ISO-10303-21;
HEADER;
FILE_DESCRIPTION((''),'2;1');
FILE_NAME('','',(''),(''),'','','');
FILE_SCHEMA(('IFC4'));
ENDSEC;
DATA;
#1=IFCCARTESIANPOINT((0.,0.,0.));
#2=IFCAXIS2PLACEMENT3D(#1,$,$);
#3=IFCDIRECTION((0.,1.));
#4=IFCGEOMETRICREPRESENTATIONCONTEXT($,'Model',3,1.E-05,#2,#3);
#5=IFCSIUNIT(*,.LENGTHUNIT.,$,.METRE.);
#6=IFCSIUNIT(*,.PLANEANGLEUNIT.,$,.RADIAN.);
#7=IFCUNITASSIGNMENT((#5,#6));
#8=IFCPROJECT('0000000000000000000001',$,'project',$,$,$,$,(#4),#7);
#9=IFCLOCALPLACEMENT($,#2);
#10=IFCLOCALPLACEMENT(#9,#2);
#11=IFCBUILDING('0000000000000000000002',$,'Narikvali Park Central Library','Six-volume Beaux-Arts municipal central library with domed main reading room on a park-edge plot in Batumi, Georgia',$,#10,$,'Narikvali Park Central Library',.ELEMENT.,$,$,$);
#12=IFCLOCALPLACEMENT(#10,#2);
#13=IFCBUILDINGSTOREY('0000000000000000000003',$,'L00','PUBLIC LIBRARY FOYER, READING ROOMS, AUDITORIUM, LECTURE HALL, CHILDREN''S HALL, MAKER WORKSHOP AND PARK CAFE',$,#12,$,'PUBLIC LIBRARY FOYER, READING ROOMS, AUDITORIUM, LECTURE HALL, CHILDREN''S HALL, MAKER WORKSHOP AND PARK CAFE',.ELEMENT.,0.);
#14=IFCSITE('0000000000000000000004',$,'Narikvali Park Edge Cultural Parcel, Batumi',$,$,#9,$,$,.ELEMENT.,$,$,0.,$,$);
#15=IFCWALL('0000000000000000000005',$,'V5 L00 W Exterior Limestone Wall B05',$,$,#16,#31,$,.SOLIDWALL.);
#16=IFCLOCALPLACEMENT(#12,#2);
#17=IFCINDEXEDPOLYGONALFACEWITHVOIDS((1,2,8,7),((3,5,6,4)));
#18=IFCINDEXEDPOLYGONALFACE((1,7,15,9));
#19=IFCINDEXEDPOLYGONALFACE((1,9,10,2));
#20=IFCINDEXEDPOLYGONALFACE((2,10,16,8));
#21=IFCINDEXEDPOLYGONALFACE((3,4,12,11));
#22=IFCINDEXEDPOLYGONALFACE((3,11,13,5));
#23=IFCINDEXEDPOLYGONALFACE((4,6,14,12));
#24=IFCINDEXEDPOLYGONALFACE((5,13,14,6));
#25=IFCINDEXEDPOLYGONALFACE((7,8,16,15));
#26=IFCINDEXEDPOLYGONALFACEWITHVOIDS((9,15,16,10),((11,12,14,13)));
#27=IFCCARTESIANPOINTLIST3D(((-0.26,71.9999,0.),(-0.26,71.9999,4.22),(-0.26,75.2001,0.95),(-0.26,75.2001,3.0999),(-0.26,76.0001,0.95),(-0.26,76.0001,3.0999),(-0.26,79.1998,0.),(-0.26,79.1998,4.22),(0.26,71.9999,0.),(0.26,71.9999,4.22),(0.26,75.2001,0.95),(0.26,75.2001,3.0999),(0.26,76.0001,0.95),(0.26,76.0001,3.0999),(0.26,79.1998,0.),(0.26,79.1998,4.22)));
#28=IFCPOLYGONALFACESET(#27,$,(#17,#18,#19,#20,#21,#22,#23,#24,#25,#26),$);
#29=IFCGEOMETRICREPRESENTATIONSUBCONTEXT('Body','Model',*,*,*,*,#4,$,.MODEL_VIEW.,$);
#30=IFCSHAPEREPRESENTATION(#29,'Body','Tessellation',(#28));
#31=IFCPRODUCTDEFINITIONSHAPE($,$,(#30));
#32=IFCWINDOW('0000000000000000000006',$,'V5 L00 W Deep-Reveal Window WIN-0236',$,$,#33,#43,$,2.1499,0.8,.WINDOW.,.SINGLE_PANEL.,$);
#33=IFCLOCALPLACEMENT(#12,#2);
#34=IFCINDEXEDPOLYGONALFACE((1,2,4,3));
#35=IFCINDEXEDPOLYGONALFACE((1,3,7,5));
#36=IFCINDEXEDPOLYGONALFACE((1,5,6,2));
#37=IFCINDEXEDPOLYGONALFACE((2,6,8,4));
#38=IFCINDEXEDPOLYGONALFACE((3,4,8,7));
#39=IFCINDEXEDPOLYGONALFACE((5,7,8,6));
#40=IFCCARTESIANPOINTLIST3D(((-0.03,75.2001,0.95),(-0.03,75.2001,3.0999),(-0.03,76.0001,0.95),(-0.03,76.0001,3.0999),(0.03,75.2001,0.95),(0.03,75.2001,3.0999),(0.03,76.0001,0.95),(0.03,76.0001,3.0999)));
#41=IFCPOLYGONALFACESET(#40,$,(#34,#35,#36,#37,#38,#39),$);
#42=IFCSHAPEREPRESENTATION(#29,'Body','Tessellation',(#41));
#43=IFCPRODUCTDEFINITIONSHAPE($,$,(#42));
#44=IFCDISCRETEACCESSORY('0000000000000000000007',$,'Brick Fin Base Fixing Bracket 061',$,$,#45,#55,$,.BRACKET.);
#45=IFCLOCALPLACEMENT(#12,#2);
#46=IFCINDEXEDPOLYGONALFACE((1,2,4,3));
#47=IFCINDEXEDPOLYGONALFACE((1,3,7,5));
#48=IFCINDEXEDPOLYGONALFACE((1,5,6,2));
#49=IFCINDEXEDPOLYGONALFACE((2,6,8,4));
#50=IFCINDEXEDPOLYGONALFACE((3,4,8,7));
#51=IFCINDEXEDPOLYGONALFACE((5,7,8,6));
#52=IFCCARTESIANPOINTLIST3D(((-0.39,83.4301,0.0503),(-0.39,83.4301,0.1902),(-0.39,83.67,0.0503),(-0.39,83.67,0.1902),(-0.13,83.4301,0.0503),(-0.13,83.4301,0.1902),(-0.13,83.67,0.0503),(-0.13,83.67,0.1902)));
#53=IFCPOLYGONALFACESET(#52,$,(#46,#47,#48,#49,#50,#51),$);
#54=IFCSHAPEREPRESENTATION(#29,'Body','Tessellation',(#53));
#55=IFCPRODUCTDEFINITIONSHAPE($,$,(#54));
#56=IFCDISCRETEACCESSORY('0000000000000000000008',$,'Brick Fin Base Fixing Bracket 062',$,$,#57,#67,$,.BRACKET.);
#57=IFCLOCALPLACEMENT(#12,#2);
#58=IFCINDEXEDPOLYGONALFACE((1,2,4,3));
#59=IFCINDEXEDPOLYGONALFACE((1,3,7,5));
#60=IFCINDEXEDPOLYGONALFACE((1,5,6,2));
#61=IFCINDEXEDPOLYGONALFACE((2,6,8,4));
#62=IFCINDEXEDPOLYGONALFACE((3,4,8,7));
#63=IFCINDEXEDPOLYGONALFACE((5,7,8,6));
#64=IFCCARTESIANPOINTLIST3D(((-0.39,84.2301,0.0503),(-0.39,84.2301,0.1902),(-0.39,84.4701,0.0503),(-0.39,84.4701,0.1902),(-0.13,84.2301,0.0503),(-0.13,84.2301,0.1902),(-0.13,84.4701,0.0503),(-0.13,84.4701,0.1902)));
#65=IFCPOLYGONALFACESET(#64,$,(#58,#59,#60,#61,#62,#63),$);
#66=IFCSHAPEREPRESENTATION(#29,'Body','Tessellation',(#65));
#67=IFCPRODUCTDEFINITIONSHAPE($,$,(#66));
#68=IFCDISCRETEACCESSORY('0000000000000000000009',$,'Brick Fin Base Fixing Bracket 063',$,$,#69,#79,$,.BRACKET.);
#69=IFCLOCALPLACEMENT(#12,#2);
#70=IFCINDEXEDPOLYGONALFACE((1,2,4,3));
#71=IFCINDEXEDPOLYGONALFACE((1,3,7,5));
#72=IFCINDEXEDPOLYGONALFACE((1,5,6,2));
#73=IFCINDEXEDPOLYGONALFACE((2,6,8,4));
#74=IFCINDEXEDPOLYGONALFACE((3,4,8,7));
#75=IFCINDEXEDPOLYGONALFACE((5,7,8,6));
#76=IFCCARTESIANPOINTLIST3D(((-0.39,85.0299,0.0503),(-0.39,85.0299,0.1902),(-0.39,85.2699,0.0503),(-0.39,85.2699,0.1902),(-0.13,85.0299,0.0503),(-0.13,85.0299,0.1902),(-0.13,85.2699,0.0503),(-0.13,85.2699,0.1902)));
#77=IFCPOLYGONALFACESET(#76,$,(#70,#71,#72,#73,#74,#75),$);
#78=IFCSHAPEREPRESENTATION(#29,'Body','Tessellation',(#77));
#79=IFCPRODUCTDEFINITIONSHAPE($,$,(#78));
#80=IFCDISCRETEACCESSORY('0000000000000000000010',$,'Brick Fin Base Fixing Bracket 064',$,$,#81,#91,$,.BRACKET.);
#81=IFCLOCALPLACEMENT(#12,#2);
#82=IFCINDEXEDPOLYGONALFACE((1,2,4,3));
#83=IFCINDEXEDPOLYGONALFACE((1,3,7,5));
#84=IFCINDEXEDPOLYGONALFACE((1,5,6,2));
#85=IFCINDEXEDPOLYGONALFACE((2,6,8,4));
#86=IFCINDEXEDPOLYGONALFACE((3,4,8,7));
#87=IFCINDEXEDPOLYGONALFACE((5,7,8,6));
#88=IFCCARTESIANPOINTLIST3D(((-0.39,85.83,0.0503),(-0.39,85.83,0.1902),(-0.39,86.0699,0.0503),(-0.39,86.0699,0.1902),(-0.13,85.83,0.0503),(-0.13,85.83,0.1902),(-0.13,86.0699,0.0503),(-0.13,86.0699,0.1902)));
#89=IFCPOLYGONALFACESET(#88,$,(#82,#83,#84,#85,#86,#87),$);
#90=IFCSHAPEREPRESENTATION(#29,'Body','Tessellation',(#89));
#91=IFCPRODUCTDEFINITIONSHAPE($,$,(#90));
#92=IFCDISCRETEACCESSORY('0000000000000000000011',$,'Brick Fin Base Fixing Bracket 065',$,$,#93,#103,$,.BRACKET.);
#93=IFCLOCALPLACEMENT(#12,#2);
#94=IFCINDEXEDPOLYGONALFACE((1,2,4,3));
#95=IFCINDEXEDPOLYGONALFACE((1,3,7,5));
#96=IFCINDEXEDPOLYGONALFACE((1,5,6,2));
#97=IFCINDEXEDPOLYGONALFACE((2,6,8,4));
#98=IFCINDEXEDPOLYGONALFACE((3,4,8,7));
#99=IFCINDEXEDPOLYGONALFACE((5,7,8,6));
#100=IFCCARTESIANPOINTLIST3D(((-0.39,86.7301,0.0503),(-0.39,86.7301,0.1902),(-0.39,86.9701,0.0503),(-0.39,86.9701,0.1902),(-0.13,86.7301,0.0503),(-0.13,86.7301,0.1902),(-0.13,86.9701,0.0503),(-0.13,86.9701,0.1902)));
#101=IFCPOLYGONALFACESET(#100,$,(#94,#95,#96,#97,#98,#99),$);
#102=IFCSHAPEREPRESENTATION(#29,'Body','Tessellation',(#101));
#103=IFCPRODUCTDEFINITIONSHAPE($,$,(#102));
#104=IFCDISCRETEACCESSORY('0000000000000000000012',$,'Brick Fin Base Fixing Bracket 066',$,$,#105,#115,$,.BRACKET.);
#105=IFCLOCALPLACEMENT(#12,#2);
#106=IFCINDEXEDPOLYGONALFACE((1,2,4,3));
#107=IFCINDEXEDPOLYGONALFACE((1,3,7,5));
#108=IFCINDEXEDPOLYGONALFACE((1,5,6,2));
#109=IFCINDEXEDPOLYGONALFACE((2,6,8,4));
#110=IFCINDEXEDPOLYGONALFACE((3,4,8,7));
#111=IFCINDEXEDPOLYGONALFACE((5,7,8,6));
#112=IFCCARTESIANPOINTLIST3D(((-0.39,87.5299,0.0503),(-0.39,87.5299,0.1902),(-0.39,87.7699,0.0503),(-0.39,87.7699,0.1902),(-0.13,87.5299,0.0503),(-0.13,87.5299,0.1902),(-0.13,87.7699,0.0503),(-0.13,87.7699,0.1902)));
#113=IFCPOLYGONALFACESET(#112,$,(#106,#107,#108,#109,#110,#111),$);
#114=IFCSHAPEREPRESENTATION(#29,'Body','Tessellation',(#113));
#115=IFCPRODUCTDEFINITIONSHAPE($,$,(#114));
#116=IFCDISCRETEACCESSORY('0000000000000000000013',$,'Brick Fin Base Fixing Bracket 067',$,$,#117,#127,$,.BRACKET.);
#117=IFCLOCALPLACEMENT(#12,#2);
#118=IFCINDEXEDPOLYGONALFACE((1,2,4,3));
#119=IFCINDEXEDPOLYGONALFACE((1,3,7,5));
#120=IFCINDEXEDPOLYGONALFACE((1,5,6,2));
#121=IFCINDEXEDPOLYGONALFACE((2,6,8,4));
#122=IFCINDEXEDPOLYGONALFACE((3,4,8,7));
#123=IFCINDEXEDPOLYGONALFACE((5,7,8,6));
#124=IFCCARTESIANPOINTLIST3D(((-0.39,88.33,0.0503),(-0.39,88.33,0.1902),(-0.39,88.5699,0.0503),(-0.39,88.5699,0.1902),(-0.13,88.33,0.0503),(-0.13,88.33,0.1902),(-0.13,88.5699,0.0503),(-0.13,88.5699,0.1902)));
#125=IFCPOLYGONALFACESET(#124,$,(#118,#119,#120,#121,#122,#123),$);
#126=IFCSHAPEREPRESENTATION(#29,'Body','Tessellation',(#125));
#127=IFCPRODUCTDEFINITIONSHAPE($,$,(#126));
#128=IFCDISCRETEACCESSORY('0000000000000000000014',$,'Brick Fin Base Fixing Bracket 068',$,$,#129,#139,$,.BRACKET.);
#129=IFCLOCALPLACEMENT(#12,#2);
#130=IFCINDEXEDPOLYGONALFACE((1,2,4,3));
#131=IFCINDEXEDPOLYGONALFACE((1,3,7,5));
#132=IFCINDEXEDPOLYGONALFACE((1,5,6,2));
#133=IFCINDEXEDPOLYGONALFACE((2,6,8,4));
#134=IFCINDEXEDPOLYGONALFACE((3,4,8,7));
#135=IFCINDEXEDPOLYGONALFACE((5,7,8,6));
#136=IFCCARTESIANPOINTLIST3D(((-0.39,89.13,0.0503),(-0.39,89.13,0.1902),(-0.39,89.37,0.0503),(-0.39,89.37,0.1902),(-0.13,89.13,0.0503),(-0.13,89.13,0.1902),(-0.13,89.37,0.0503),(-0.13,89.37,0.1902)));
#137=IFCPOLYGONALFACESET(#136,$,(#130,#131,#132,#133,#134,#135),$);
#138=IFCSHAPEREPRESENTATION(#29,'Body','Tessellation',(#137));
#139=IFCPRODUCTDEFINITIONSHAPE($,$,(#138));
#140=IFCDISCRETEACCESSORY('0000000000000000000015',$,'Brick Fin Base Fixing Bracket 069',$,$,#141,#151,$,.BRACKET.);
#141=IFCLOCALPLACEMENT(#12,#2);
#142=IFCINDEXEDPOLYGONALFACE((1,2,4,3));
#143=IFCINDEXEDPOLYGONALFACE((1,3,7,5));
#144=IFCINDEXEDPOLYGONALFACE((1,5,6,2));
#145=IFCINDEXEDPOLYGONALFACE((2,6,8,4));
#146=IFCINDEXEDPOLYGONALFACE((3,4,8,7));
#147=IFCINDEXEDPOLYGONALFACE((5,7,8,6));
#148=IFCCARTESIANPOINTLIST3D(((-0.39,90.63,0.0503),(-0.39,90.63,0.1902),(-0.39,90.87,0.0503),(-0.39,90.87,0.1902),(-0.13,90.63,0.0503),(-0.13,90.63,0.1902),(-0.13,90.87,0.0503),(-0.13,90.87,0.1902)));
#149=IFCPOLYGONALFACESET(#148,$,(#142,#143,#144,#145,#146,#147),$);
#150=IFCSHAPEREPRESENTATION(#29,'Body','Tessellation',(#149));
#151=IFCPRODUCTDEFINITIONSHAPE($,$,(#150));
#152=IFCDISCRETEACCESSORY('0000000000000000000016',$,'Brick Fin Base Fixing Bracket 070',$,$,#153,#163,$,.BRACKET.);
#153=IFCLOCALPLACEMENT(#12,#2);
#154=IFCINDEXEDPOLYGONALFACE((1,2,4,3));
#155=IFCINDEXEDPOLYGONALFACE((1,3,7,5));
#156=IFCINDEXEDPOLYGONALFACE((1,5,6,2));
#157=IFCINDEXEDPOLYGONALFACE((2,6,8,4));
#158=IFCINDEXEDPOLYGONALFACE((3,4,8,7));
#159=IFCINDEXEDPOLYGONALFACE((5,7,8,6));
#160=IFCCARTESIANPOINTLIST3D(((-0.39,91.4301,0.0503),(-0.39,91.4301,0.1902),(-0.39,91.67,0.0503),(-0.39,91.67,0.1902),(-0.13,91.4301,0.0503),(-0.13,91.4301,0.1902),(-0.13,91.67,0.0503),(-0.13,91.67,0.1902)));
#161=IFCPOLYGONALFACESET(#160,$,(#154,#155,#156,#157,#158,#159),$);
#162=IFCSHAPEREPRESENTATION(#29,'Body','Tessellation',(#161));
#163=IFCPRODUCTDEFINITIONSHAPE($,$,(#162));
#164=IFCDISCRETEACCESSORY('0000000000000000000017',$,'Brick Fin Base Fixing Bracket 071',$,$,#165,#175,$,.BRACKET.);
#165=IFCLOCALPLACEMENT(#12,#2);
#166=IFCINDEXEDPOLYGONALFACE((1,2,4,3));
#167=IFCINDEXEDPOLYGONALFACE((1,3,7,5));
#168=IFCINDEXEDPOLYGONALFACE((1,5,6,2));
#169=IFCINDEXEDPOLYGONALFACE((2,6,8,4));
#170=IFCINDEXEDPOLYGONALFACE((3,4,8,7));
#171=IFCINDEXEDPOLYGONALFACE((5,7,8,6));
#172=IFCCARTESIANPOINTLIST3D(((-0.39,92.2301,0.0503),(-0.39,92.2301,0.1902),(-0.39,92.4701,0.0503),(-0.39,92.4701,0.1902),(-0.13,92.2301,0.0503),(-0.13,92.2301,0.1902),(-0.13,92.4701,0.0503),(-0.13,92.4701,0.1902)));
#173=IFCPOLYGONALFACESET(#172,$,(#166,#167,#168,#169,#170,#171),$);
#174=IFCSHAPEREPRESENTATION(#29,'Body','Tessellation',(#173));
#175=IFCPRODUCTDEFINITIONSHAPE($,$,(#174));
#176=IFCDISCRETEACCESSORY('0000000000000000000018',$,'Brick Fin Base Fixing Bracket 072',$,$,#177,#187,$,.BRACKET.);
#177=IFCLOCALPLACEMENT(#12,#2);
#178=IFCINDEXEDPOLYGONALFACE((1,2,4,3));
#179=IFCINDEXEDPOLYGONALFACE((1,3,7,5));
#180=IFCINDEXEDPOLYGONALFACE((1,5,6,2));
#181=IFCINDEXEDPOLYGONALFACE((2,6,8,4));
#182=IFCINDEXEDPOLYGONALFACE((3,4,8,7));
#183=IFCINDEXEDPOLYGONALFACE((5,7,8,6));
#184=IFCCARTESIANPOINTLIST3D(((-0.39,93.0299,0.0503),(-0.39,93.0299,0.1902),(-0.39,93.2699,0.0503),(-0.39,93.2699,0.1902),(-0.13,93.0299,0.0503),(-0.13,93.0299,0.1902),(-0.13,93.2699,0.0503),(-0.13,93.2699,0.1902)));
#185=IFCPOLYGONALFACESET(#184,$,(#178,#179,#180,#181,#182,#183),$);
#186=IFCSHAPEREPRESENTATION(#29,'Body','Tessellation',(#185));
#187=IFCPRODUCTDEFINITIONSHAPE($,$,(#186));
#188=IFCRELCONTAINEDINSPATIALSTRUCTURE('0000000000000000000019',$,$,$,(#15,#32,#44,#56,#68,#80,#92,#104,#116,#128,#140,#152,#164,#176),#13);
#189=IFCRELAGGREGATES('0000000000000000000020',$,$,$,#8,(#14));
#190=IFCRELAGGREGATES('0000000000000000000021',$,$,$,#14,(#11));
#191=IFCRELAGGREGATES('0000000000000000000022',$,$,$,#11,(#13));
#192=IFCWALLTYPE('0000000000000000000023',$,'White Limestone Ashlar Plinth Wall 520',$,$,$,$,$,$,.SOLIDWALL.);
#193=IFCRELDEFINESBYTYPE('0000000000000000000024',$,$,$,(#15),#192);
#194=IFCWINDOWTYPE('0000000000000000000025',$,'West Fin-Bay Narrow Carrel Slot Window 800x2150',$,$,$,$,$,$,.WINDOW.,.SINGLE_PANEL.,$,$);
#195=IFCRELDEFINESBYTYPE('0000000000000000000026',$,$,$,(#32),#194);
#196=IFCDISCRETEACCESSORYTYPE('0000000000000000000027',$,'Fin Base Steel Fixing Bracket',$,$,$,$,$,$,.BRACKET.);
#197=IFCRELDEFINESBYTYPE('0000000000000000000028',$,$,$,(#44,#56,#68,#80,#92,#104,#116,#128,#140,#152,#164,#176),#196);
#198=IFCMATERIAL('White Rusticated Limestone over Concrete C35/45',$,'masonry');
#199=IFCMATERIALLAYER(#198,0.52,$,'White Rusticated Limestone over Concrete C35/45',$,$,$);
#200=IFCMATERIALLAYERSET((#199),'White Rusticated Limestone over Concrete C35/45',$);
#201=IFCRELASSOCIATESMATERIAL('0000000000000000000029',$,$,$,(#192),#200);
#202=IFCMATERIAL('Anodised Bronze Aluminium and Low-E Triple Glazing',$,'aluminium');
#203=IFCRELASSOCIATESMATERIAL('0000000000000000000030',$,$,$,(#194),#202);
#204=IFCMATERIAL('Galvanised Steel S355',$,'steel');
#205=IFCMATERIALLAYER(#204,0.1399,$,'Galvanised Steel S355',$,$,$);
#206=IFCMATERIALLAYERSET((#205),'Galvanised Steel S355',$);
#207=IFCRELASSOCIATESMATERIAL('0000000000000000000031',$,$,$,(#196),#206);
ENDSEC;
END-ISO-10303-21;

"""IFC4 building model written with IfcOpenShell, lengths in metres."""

from ifc_helpers import new_model, si_unit, direction, frame, frame_2d, origin, origin_2d, place, context, subcontext, project, spatial, rectangle, extrude, material, layer, layer_set, type_object, element, fill, save


model = new_model("IFC4")

# Units and contexts
model_context = context("Model", 3, precision=1e-05, world=origin(), true_north=direction((0.0, 1.0)))
body_context = subcontext(model_context, "Body", "Model", "MODEL_VIEW")
ifc_project = project(units=[si_unit("LENGTHUNIT", "METRE"), si_unit("PLANEANGLEUNIT", "RADIAN")], contexts=[model_context])

# Site, building, storey
site_placement = place(None, origin())
site = spatial("IfcSite", under=ifc_project, at=site_placement, Name="Narikvali Park Edge Cultural Parcel, Batumi", CompositionType="ELEMENT", RefElevation=0.0)
building_placement = place(site_placement, origin())
building = spatial("IfcBuilding", under=site, at=building_placement, Name="Narikvali Park Central Library", Description="Six-volume Beaux-Arts municipal central library with domed main reading room on a park-edge plot in Batumi, Georgia", LongName="Narikvali Park Central Library", CompositionType="ELEMENT")
storey_placement = place(building_placement, origin())
storey = spatial("IfcBuildingStorey", under=building, at=storey_placement, Name="L00", Description="PUBLIC LIBRARY FOYER, READING ROOMS, AUDITORIUM, LECTURE HALL, CHILDREN'S HALL, MAKER WORKSHOP AND PARK CAFE", LongName="PUBLIC LIBRARY FOYER, READING ROOMS, AUDITORIUM, LECTURE HALL, CHILDREN'S HALL, MAKER WORKSHOP AND PARK CAFE", CompositionType="ELEMENT", Elevation=0.0)

# Wall, opening, window
ifc_material_1 = material(Name="White Rusticated Limestone over Concrete C35/45", Category="masonry")
ifc_layer_1 = layer(ifc_material_1, 0.52, Name="White Rusticated Limestone over Concrete C35/45")
ifc_layer_set_1 = layer_set([ifc_layer_1], Name="White Rusticated Limestone over Concrete C35/45")
wall_type = type_object("IfcWallType", Name="White Limestone Ashlar Plinth Wall 520", PredefinedType="SOLIDWALL", material=ifc_layer_set_1)
ifc_material_2 = material(Name="Anodised Bronze Aluminium and Low-E Triple Glazing", Category="aluminium")
window_type = type_object("IfcWindowType", Name="West Fin-Bay Narrow Carrel Slot Window 800x2150", PartitioningType="SINGLE_PANEL", PredefinedType="WINDOW", material=ifc_material_2)
wall_1_placement = place(storey_placement, frame((0.0, 79.2, 0.0), z_axis=(0.0, 0.0, 1.0), x_axis=(0.0, -1.0, 0.0)))
wall_1 = element("IfcWall", 1, at=wall_1_placement, inside=storey, type_object=wall_type, Name="V5 L00 W Exterior Limestone Wall B05", PredefinedType="SOLIDWALL", context=body_context, shape_type="SweptSolid", body=[
    extrude(rectangle(XDim=7.2, YDim=0.52, at=frame_2d((3.6001, 0.0))), origin(), (0.0, 0.0, 1.0), 4.22),
])
opening_1_placement = place(wall_1_placement, frame((3.2, 0.0, 0.95)))
opening_1 = element("IfcOpeningElement", 2, at=opening_1_placement, cuts=wall_1, PredefinedType="OPENING", context=body_context, shape_type="SweptSolid", body=[
    extrude(rectangle(XDim=0.8, YDim=2.1499, at=frame_2d((0.3999, 1.075))), frame((0.0, 0.272, 0.0), z_axis=(0.0, -1.0, 0.0), x_axis=(1.0, 0.0, 0.0)), (0.0, 0.0, 1.0), 0.5439),
])
window_1_placement = place(opening_1_placement, origin())
window_1 = element("IfcWindow", 3, at=window_1_placement, inside=storey, type_object=window_type, Name="V5 L00 W Deep-Reveal Window WIN-0236", OverallHeight=2.1499, OverallWidth=0.8, PartitioningType="SINGLE_PANEL", PredefinedType="WINDOW", context=body_context, shape_type="SweptSolid", body=[
    extrude(rectangle(XDim=0.8, YDim=2.1499, at=frame_2d((0.3999, 1.075))), frame((0.0, 0.03, 0.0), z_axis=(0.0, -1.0, 0.0), x_axis=(1.0, 0.0, 0.0)), (0.0, 0.0, 1.0), 0.0601),
])
fill(opening_1, window_1)

# Discrete accessories
ifc_material_3 = material(Name="Galvanised Steel S355", Category="steel")
ifc_layer_2 = layer(ifc_material_3, 0.1399, Name="Galvanised Steel S355")
ifc_layer_set_2 = layer_set([ifc_layer_2], Name="Galvanised Steel S355")
discrete_accessory_type = type_object("IfcDiscreteAccessoryType", Name="Fin Base Steel Fixing Bracket", PredefinedType="BRACKET", material=ifc_layer_set_2)
for number, where, z_axis, x_axis, name in (
    (4, (-0.26, 83.55, 0.0503), (0.0, 0.0, 1.0), (1.0, 0.0, 0.0), "Brick Fin Base Fixing Bracket 061"),
    (5, (-0.26, 84.3501, 0.0503), (0.0, 0.0, 1.0), (1.0, 0.0, 0.0), "Brick Fin Base Fixing Bracket 062"),
    (6, (-0.26, 85.1499, 0.0503), (0.0, 0.0, 1.0), (1.0, 0.0, 0.0), "Brick Fin Base Fixing Bracket 063"),
    (7, (-0.26, 85.95, 0.0503), (0.0, 0.0, 1.0), (1.0, 0.0, 0.0), "Brick Fin Base Fixing Bracket 064"),
    (8, (-0.26, 86.8501, 0.0503), (0.0, 0.0, 1.0), (1.0, 0.0, 0.0), "Brick Fin Base Fixing Bracket 065"),
    (9, (-0.26, 87.6499, 0.0503), (0.0, 0.0, 1.0), (1.0, 0.0, 0.0), "Brick Fin Base Fixing Bracket 066"),
    (10, (-0.26, 88.45, 0.0503), (0.0, 0.0, 1.0), (1.0, 0.0, 0.0), "Brick Fin Base Fixing Bracket 067"),
    (11, (-0.26, 89.25, 0.0503), (0.0, 0.0, 1.0), (1.0, 0.0, 0.0), "Brick Fin Base Fixing Bracket 068"),
    (12, (-0.26, 90.75, 0.0503), (0.0, 0.0, 1.0), (1.0, 0.0, 0.0), "Brick Fin Base Fixing Bracket 069"),
    (13, (-0.26, 91.55, 0.0503), (0.0, 0.0, 1.0), (1.0, 0.0, 0.0), "Brick Fin Base Fixing Bracket 070"),
    (14, (-0.26, 92.3501, 0.0503), (0.0, 0.0, 1.0), (1.0, 0.0, 0.0), "Brick Fin Base Fixing Bracket 071"),
    (15, (-0.26, 93.1499, 0.0503), (0.0, 0.0, 1.0), (1.0, 0.0, 0.0), "Brick Fin Base Fixing Bracket 072"),
):
    element("IfcDiscreteAccessory", number, at=place(storey_placement, frame(where, z_axis=z_axis, x_axis=x_axis)), inside=storey, type_object=discrete_accessory_type, Name=name, PredefinedType="BRACKET", context=body_context, shape_type="SweptSolid", body=[
        extrude(rectangle(XDim=0.26, YDim=0.24, at=origin_2d()), origin(), (0.0, 0.0, 1.0), 0.1399),
    ])

save(model, "model.ifc")
